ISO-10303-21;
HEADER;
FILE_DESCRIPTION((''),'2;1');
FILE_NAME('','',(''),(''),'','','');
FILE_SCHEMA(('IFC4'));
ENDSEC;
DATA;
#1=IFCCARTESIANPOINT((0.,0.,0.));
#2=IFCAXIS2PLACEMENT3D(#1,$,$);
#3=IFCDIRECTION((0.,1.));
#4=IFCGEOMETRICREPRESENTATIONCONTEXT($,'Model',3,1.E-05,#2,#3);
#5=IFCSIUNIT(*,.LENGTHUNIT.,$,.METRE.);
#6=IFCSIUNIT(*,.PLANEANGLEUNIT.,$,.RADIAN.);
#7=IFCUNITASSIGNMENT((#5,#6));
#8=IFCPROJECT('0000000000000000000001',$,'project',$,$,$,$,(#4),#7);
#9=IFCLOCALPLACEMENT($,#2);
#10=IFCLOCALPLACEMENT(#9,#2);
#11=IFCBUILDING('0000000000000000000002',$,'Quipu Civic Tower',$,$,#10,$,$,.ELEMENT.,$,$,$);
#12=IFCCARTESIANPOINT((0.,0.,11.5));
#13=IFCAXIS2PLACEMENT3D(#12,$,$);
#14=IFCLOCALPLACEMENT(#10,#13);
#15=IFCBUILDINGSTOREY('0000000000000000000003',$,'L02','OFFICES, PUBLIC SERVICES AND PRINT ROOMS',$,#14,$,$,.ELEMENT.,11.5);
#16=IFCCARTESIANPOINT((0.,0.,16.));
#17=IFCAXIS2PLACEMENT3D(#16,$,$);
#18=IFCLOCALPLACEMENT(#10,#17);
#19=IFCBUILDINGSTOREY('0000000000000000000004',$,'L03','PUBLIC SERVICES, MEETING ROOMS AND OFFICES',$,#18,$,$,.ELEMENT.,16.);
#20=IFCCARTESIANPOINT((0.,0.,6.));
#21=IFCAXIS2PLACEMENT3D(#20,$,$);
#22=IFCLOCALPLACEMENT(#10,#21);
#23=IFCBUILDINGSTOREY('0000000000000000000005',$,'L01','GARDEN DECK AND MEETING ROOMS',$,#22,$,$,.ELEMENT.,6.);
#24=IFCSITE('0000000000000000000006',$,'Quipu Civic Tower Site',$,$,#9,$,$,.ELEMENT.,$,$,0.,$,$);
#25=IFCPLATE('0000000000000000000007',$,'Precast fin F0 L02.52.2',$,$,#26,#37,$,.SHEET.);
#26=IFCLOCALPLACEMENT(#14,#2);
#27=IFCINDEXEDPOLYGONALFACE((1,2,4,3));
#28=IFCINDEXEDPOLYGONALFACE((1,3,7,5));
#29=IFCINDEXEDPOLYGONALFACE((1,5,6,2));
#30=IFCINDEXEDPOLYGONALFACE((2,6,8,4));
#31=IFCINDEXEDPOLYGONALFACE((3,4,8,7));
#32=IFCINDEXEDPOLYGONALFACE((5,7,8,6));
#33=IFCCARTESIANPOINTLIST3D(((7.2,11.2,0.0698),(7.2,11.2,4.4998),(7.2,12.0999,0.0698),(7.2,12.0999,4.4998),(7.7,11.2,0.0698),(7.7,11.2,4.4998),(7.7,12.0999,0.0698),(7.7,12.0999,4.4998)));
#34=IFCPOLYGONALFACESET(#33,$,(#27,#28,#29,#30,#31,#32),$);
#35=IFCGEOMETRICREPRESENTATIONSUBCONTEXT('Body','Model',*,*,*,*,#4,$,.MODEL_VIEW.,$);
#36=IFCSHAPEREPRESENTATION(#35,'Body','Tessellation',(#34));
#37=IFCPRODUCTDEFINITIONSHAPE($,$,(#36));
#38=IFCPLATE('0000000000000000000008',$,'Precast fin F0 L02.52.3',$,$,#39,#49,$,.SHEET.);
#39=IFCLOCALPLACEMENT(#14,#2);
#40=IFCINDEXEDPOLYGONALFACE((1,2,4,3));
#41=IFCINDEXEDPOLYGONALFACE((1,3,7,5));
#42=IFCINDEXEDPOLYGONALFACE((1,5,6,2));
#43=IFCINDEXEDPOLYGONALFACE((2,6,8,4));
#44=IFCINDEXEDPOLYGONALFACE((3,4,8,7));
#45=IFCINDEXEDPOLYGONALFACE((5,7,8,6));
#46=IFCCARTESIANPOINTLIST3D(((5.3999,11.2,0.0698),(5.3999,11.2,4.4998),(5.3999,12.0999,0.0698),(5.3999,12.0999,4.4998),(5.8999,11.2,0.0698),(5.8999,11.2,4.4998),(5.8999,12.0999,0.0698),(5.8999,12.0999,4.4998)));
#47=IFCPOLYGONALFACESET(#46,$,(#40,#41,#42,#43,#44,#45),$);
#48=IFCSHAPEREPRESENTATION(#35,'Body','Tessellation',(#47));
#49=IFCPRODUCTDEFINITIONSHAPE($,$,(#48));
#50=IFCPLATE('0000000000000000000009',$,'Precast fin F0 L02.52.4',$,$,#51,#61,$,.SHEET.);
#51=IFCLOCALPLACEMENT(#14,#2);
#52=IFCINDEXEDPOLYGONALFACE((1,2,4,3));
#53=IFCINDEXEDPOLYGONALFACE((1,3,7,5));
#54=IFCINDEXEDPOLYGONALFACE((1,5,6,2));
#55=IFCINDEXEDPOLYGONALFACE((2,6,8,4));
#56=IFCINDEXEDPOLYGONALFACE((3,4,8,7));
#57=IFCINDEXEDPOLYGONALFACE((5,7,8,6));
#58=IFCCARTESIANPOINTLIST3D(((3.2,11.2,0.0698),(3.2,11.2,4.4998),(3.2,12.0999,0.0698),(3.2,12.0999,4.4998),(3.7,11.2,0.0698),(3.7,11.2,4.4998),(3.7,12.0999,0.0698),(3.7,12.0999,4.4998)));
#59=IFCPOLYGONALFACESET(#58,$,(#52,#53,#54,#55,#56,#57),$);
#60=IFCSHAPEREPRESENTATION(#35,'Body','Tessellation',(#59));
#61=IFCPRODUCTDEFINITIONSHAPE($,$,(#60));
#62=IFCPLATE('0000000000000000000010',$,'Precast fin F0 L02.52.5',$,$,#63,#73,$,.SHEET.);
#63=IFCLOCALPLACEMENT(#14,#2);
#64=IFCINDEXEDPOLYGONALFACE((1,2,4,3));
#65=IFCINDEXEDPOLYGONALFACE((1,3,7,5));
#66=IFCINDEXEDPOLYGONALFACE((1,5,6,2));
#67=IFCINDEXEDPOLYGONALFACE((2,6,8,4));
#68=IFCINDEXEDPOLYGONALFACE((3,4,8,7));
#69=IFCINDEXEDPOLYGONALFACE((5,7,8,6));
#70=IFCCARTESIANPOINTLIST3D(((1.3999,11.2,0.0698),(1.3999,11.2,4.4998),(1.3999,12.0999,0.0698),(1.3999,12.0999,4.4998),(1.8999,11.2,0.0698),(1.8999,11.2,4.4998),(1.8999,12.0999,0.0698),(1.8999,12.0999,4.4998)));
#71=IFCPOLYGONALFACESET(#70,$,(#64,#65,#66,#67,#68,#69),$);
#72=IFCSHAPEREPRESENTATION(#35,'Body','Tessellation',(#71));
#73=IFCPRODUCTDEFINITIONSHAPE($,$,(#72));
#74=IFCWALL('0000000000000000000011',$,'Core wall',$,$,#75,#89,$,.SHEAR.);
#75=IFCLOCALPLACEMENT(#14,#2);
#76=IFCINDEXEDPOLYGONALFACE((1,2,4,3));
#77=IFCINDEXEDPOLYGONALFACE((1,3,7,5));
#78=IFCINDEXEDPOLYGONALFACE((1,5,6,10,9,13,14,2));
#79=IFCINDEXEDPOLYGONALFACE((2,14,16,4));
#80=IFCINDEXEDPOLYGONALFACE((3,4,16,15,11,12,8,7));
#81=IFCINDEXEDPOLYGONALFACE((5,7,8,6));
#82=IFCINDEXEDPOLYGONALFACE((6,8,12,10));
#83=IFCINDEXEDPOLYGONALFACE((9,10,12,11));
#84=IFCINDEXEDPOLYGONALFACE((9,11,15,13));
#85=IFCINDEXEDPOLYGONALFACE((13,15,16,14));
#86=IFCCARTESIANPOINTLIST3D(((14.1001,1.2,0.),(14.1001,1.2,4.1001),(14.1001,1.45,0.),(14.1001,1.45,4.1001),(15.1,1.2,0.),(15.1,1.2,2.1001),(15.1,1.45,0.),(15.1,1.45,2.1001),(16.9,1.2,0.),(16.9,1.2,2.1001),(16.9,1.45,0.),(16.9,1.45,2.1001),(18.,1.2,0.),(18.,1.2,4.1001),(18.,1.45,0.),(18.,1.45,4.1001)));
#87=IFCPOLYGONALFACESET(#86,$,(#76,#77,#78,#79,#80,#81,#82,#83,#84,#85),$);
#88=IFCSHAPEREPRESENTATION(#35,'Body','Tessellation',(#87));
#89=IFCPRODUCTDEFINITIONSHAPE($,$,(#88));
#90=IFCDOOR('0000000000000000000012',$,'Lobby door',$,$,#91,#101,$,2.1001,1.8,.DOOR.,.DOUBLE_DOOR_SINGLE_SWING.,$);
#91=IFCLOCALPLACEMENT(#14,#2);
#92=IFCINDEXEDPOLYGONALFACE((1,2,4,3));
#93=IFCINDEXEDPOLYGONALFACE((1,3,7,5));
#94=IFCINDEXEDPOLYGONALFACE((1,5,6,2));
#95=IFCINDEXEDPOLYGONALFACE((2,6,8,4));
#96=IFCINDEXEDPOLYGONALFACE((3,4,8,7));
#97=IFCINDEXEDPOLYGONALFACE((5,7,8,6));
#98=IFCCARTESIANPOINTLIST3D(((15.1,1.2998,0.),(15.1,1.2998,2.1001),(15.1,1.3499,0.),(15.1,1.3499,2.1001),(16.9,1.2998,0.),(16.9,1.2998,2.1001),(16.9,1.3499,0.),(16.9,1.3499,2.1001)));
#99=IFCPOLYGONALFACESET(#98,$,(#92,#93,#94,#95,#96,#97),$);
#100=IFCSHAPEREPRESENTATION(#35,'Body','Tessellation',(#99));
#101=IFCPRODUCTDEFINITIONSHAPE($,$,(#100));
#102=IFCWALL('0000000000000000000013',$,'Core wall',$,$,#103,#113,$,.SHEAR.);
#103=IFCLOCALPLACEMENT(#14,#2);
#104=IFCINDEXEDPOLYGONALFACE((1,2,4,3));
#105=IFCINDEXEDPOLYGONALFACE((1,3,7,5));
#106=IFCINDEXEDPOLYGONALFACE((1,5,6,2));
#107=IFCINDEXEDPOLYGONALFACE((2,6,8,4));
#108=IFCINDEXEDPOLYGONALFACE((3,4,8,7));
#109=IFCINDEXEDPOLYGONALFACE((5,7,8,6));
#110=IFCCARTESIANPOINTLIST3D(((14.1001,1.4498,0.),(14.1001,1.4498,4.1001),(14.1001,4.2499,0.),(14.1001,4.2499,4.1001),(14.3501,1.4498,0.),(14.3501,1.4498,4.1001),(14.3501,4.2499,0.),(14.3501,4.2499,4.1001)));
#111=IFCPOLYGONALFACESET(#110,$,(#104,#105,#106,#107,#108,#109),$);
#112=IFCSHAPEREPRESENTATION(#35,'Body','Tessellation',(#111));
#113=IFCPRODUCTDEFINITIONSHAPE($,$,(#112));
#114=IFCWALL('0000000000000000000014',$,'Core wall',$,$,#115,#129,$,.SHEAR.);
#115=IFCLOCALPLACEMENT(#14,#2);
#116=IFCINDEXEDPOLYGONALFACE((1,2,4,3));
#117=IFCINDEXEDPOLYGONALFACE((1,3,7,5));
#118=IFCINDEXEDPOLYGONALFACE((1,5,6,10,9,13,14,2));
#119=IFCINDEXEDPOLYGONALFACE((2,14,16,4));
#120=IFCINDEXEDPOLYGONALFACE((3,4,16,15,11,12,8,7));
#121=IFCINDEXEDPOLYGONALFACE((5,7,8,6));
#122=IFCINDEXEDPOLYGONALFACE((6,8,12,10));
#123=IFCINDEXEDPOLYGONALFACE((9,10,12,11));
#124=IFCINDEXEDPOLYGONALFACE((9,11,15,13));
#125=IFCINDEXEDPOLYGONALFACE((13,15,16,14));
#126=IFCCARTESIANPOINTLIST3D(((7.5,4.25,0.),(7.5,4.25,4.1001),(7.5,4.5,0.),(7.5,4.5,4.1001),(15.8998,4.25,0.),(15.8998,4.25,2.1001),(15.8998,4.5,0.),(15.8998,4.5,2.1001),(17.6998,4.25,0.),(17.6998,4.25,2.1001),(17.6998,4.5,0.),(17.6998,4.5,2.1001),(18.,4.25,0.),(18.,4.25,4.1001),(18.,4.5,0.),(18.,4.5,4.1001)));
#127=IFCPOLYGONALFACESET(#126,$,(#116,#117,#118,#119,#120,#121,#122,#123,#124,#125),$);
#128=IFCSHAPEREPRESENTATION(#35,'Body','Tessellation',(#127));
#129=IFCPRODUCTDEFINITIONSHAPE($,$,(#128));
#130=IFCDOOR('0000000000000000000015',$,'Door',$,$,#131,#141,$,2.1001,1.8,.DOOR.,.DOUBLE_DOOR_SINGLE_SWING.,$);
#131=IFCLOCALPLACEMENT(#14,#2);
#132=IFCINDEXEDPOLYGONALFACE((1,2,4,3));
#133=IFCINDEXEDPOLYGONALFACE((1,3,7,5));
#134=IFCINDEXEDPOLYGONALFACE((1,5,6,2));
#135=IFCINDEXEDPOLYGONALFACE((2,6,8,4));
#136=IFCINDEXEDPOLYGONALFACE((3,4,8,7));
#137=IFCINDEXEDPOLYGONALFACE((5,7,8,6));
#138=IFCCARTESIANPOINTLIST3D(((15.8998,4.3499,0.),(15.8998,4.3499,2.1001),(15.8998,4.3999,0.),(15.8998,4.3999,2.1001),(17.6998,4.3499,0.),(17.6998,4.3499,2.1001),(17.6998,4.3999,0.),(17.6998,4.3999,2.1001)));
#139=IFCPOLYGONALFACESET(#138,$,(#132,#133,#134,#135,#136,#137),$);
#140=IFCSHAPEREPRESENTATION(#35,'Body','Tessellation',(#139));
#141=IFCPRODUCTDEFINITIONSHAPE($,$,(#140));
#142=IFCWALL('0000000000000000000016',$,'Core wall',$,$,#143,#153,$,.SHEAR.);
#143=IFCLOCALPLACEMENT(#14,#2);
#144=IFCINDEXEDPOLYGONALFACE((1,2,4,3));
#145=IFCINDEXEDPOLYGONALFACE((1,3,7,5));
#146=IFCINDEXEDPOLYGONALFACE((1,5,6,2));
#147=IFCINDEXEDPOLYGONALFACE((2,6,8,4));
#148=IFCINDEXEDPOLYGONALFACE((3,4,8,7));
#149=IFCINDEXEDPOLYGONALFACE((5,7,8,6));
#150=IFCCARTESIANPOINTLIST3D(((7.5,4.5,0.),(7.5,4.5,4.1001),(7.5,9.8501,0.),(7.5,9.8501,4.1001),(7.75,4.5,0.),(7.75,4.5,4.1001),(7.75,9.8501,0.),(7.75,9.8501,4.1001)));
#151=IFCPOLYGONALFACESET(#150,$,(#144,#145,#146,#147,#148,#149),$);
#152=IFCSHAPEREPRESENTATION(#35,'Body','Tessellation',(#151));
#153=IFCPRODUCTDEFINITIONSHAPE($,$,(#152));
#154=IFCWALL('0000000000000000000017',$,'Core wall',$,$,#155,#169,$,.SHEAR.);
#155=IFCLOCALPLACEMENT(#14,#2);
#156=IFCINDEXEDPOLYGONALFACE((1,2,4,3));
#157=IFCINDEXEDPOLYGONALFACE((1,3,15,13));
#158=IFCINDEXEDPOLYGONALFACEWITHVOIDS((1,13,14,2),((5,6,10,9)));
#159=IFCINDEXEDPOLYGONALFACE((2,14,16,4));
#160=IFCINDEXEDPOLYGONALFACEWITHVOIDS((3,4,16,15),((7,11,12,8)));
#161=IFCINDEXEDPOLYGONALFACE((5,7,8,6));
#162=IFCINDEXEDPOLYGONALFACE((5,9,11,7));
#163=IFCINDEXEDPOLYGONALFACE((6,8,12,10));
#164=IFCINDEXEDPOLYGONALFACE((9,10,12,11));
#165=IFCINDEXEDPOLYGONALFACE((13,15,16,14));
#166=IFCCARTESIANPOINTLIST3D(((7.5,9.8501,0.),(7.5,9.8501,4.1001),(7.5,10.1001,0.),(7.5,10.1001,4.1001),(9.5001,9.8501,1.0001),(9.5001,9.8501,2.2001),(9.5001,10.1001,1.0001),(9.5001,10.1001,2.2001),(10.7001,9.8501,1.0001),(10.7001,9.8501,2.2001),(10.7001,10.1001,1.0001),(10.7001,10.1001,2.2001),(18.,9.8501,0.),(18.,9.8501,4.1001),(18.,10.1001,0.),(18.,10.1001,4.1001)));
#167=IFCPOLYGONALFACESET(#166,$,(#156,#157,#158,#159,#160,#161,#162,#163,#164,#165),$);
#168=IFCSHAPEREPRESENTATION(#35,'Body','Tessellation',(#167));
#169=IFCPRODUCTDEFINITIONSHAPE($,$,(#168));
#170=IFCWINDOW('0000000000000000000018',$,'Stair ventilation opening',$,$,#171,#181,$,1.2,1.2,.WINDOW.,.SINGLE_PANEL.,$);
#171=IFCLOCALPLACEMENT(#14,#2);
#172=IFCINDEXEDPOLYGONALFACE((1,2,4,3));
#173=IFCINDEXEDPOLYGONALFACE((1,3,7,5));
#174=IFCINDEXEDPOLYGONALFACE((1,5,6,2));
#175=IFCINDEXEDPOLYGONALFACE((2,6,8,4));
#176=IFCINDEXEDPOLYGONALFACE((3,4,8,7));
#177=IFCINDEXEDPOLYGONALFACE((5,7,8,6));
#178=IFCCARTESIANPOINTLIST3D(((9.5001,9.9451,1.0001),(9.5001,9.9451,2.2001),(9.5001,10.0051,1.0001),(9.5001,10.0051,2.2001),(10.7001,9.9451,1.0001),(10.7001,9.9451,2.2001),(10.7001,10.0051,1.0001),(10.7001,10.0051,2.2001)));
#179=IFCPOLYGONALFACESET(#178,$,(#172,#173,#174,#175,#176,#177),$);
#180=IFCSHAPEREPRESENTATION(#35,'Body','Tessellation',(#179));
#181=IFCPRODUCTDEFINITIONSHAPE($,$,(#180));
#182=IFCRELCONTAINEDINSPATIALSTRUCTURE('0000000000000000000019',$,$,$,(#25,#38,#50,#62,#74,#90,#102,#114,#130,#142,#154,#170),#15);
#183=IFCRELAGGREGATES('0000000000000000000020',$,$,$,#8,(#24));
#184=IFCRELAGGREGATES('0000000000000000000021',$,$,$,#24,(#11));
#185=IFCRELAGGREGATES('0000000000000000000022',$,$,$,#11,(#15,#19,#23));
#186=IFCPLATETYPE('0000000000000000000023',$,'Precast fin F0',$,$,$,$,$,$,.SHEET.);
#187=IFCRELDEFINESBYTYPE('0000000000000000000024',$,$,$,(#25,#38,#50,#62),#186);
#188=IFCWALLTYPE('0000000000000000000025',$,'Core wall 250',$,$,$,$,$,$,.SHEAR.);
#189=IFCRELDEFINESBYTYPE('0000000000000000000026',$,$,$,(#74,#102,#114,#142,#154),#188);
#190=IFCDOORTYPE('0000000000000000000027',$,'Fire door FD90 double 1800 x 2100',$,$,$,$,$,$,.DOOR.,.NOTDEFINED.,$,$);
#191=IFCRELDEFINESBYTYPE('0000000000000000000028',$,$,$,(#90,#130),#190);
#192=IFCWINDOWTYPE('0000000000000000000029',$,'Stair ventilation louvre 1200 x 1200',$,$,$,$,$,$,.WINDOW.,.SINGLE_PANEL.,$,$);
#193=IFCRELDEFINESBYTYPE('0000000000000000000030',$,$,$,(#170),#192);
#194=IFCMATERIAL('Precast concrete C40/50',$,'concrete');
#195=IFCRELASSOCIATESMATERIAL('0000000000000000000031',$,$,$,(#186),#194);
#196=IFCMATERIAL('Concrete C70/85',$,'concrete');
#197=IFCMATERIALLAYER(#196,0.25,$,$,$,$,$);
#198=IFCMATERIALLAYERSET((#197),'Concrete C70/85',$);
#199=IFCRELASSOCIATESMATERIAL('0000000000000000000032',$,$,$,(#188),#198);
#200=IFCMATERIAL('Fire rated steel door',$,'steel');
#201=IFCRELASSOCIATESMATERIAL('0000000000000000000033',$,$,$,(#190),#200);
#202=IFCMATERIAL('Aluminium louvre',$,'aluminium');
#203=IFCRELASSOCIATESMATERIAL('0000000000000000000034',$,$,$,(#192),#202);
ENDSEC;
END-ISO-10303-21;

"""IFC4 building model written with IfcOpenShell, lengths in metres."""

from ifc_helpers import new_model, si_unit, direction, frame, frame_2d, origin, origin_2d, place, context, subcontext, project, spatial, rectangle, extrude, material, layer, layer_set, type_object, element, fill, save


model = new_model("IFC4")

# Units and contexts
model_context = context("Model", 3, precision=1e-05, world=origin(), true_north=direction((0.0, 1.0)))
body_context = subcontext(model_context, "Body", "Model", "MODEL_VIEW")
ifc_project = project(units=[si_unit("LENGTHUNIT", "METRE"), si_unit("PLANEANGLEUNIT", "RADIAN")], contexts=[model_context])

# Site, building, storey
site_placement = place(None, origin())
site = spatial("IfcSite", under=ifc_project, at=site_placement, Name="Quipu Civic Tower Site", CompositionType="ELEMENT", RefElevation=0.0)
building_placement = place(site_placement, origin())
building = spatial("IfcBuilding", under=site, at=building_placement, Name="Quipu Civic Tower", CompositionType="ELEMENT")
storey_1_placement = place(building_placement, frame((0.0, 0.0, 11.5)))
storey_1 = spatial("IfcBuildingStorey", under=building, at=storey_1_placement, Name="L02", Description="OFFICES, PUBLIC SERVICES AND PRINT ROOMS", CompositionType="ELEMENT", Elevation=11.5)

# Shared definitions
storey_2_placement = place(building_placement, frame((0.0, 0.0, 16.0)))
storey_2 = spatial("IfcBuildingStorey", under=building, at=storey_2_placement, Name="L03", Description="PUBLIC SERVICES, MEETING ROOMS AND OFFICES", CompositionType="ELEMENT", Elevation=16.0)

# Shared definitions
storey_3_placement = place(building_placement, frame((0.0, 0.0, 6.0)))
storey_3 = spatial("IfcBuildingStorey", under=building, at=storey_3_placement, Name="L01", Description="GARDEN DECK AND MEETING ROOMS", CompositionType="ELEMENT", Elevation=6.0)

# Plates
ifc_material_1 = material(Name="Precast concrete C40/50", Category="concrete")
plate_type_1 = type_object("IfcPlateType", Name="Precast fin F0", PredefinedType="SHEET", material=ifc_material_1)
for number, where, z_axis, x_axis, name in (
    (1, (7.45, 11.6499, 0.0698), (0.0, 0.0, 1.0), (-1.0, 0.0, 0.0), "Precast fin F0 L02.52.2"),
    (2, (5.6499, 11.6499, 0.0698), (0.0, 0.0, 1.0), (-1.0, 0.0, 0.0), "Precast fin F0 L02.52.3"),
    (3, (3.45, 11.6499, 0.0698), (0.0, 0.0, 1.0), (-1.0, 0.0, 0.0), "Precast fin F0 L02.52.4"),
    (4, (1.6499, 11.6499, 0.0698), (0.0, 0.0, 1.0), (-1.0, 0.0, 0.0), "Precast fin F0 L02.52.5"),
):
    element("IfcPlate", number, at=place(storey_1_placement, frame(where, z_axis=z_axis, x_axis=x_axis)), inside=storey_1, type_object=plate_type_1, Name=name, PredefinedType="SHEET", context=body_context, shape_type="SweptSolid", body=[
        extrude(rectangle(XDim=0.5, YDim=0.8999, at=origin_2d()), origin(), (0.0, 0.0, 1.0), 4.4299),
    ])

# Wall, opening, door
ifc_material_2 = material(Name="Concrete C70/85", Category="concrete")
ifc_layer_1 = layer(ifc_material_2, 0.25)
ifc_layer_set_1 = layer_set([ifc_layer_1], Name="Concrete C70/85")
wall_type_1 = type_object("IfcWallType", Name="Core wall 250", PredefinedType="SHEAR", material=ifc_layer_set_1)
wall_1_placement = place(storey_1_placement, frame((14.1001, 1.325, 0.0), z_axis=(0.0, 0.0, 1.0), x_axis=(1.0, 0.0, 0.0)))
wall_1 = element("IfcWall", 5, at=wall_1_placement, inside=storey_1, type_object=wall_type_1, Name="Core wall", PredefinedType="SHEAR", context=body_context, shape_type="SweptSolid", body=[
    extrude(rectangle(XDim=3.8999, YDim=0.25, at=frame_2d((1.95, 0.0))), origin(), (0.0, 0.0, 1.0), 4.1001),
])
opening_1_placement = place(wall_1_placement, frame((1.0, 0.0, 0.0)))
opening_1 = element("IfcOpeningElement", 6, at=opening_1_placement, cuts=wall_1, PredefinedType="OPENING", context=body_context, shape_type="SweptSolid", body=[
    extrude(rectangle(XDim=1.8, YDim=2.1001, at=frame_2d((0.8999, 1.05))), frame((0.0, 0.135, 0.0), z_axis=(0.0, -1.0, 0.0), x_axis=(1.0, 0.0, 0.0)), (0.0, 0.0, 1.0), 0.27),
])
ifc_material_3 = material(Name="Fire rated steel door", Category="steel")
door_type = type_object("IfcDoorType", Name="Fire door FD90 double 1800 x 2100", OperationType="NOTDEFINED", PredefinedType="DOOR", material=ifc_material_3)
door_1_placement = place(opening_1_placement, origin())
door_1 = element("IfcDoor", 7, at=door_1_placement, inside=storey_1, type_object=door_type, Name="Lobby door", OperationType="DOUBLE_DOOR_SINGLE_SWING", OverallHeight=2.1001, OverallWidth=1.8, PredefinedType="DOOR", context=body_context, shape_type="SweptSolid", body=[
    extrude(rectangle(XDim=1.8, YDim=2.1001, at=frame_2d((0.8999, 1.05))), frame((0.0, 0.0249, 0.0), z_axis=(0.0, -1.0, 0.0), x_axis=(1.0, 0.0, 0.0)), (0.0, 0.0, 1.0), 0.05),
])
fill(opening_1, door_1)

# Wall
wall_2_placement = place(storey_1_placement, frame((14.2251, 1.45, 0.0), z_axis=(0.0, 0.0, 1.0), x_axis=(0.0, 1.0, 0.0)))
element("IfcWall", 8, at=wall_2_placement, inside=storey_1, type_object=wall_type_1, Name="Core wall", PredefinedType="SHEAR", context=body_context, shape_type="SweptSolid", body=[
    extrude(rectangle(XDim=2.8, YDim=0.25, at=frame_2d((1.3999, 0.0))), origin(), (0.0, 0.0, 1.0), 4.1001),
])

# Wall, opening, door
wall_3_placement = place(storey_1_placement, frame((7.5, 4.375, 0.0), z_axis=(0.0, 0.0, 1.0), x_axis=(1.0, 0.0, 0.0)))
wall_3 = element("IfcWall", 9, at=wall_3_placement, inside=storey_1, type_object=wall_type_1, Name="Core wall", PredefinedType="SHEAR", context=body_context, shape_type="SweptSolid", body=[
    extrude(rectangle(XDim=10.5, YDim=0.25, at=frame_2d((5.25, 0.0))), origin(), (0.0, 0.0, 1.0), 4.1001),
])
opening_2_placement = place(wall_3_placement, frame((8.3999, 0.0, 0.0)))
opening_2 = element("IfcOpeningElement", 10, at=opening_2_placement, cuts=wall_3, PredefinedType="OPENING", context=body_context, shape_type="SweptSolid", body=[
    extrude(rectangle(XDim=1.8, YDim=2.1001, at=frame_2d((0.8999, 1.05))), frame((0.0, 0.135, 0.0), z_axis=(0.0, -1.0, 0.0), x_axis=(1.0, 0.0, 0.0)), (0.0, 0.0, 1.0), 0.27),
])
door_2_placement = place(opening_2_placement, origin())
door_2 = element("IfcDoor", 11, at=door_2_placement, inside=storey_1, type_object=door_type, Name="Door", OperationType="DOUBLE_DOOR_SINGLE_SWING", OverallHeight=2.1001, OverallWidth=1.8, PredefinedType="DOOR", context=body_context, shape_type="SweptSolid", body=[
    extrude(rectangle(XDim=1.8, YDim=2.1001, at=frame_2d((0.8999, 1.05))), frame((0.0, 0.0249, 0.0), z_axis=(0.0, -1.0, 0.0), x_axis=(1.0, 0.0, 0.0)), (0.0, 0.0, 1.0), 0.05),
])
fill(opening_2, door_2)

# Wall
wall_4_placement = place(storey_1_placement, frame((7.625, 4.5, 0.0), z_axis=(0.0, 0.0, 1.0), x_axis=(0.0, 1.0, 0.0)))
element("IfcWall", 12, at=wall_4_placement, inside=storey_1, type_object=wall_type_1, Name="Core wall", PredefinedType="SHEAR", context=body_context, shape_type="SweptSolid", body=[
    extrude(rectangle(XDim=5.3501, YDim=0.25, at=frame_2d((2.675, 0.0))), origin(), (0.0, 0.0, 1.0), 4.1001),
])

# Wall, opening, window
wall_5_placement = place(storey_1_placement, frame((7.5, 9.9751, 0.0), z_axis=(0.0, 0.0, 1.0), x_axis=(1.0, 0.0, 0.0)))
wall_5 = element("IfcWall", 13, at=wall_5_placement, inside=storey_1, type_object=wall_type_1, Name="Core wall", PredefinedType="SHEAR", context=body_context, shape_type="SweptSolid", body=[
    extrude(rectangle(XDim=10.5, YDim=0.25, at=frame_2d((5.25, 0.0))), origin(), (0.0, 0.0, 1.0), 4.1001),
])
opening_3_placement = place(wall_5_placement, frame((2.0, 0.0, 1.0)))
opening_3 = element("IfcOpeningElement", 14, at=opening_3_placement, cuts=wall_5, PredefinedType="OPENING", context=body_context, shape_type="SweptSolid", body=[
    extrude(rectangle(XDim=1.2, YDim=1.2, at=frame_2d((0.6001, 0.6001))), frame((0.0, 0.135, 0.0), z_axis=(0.0, -1.0, 0.0), x_axis=(1.0, 0.0, 0.0)), (0.0, 0.0, 1.0), 0.27),
])
ifc_material_4 = material(Name="Aluminium louvre", Category="aluminium")
window_type_1 = type_object("IfcWindowType", Name="Stair ventilation louvre 1200 x 1200", PartitioningType="SINGLE_PANEL", PredefinedType="WINDOW", material=ifc_material_4)
window_1_placement = place(opening_3_placement, origin())
window_1 = element("IfcWindow", 15, at=window_1_placement, inside=storey_1, type_object=window_type_1, Name="Stair ventilation opening", OverallHeight=1.2, OverallWidth=1.2, PartitioningType="SINGLE_PANEL", PredefinedType="WINDOW", context=body_context, shape_type="SweptSolid", body=[
    extrude(rectangle(XDim=1.2, YDim=1.2, at=frame_2d((0.6001, 0.6001))), frame((0.0, 0.03, 0.0), z_axis=(0.0, -1.0, 0.0), x_axis=(1.0, 0.0, 0.0)), (0.0, 0.0, 1.0), 0.0601),
])
fill(opening_3, window_1)

save(model, "model.ifc")
